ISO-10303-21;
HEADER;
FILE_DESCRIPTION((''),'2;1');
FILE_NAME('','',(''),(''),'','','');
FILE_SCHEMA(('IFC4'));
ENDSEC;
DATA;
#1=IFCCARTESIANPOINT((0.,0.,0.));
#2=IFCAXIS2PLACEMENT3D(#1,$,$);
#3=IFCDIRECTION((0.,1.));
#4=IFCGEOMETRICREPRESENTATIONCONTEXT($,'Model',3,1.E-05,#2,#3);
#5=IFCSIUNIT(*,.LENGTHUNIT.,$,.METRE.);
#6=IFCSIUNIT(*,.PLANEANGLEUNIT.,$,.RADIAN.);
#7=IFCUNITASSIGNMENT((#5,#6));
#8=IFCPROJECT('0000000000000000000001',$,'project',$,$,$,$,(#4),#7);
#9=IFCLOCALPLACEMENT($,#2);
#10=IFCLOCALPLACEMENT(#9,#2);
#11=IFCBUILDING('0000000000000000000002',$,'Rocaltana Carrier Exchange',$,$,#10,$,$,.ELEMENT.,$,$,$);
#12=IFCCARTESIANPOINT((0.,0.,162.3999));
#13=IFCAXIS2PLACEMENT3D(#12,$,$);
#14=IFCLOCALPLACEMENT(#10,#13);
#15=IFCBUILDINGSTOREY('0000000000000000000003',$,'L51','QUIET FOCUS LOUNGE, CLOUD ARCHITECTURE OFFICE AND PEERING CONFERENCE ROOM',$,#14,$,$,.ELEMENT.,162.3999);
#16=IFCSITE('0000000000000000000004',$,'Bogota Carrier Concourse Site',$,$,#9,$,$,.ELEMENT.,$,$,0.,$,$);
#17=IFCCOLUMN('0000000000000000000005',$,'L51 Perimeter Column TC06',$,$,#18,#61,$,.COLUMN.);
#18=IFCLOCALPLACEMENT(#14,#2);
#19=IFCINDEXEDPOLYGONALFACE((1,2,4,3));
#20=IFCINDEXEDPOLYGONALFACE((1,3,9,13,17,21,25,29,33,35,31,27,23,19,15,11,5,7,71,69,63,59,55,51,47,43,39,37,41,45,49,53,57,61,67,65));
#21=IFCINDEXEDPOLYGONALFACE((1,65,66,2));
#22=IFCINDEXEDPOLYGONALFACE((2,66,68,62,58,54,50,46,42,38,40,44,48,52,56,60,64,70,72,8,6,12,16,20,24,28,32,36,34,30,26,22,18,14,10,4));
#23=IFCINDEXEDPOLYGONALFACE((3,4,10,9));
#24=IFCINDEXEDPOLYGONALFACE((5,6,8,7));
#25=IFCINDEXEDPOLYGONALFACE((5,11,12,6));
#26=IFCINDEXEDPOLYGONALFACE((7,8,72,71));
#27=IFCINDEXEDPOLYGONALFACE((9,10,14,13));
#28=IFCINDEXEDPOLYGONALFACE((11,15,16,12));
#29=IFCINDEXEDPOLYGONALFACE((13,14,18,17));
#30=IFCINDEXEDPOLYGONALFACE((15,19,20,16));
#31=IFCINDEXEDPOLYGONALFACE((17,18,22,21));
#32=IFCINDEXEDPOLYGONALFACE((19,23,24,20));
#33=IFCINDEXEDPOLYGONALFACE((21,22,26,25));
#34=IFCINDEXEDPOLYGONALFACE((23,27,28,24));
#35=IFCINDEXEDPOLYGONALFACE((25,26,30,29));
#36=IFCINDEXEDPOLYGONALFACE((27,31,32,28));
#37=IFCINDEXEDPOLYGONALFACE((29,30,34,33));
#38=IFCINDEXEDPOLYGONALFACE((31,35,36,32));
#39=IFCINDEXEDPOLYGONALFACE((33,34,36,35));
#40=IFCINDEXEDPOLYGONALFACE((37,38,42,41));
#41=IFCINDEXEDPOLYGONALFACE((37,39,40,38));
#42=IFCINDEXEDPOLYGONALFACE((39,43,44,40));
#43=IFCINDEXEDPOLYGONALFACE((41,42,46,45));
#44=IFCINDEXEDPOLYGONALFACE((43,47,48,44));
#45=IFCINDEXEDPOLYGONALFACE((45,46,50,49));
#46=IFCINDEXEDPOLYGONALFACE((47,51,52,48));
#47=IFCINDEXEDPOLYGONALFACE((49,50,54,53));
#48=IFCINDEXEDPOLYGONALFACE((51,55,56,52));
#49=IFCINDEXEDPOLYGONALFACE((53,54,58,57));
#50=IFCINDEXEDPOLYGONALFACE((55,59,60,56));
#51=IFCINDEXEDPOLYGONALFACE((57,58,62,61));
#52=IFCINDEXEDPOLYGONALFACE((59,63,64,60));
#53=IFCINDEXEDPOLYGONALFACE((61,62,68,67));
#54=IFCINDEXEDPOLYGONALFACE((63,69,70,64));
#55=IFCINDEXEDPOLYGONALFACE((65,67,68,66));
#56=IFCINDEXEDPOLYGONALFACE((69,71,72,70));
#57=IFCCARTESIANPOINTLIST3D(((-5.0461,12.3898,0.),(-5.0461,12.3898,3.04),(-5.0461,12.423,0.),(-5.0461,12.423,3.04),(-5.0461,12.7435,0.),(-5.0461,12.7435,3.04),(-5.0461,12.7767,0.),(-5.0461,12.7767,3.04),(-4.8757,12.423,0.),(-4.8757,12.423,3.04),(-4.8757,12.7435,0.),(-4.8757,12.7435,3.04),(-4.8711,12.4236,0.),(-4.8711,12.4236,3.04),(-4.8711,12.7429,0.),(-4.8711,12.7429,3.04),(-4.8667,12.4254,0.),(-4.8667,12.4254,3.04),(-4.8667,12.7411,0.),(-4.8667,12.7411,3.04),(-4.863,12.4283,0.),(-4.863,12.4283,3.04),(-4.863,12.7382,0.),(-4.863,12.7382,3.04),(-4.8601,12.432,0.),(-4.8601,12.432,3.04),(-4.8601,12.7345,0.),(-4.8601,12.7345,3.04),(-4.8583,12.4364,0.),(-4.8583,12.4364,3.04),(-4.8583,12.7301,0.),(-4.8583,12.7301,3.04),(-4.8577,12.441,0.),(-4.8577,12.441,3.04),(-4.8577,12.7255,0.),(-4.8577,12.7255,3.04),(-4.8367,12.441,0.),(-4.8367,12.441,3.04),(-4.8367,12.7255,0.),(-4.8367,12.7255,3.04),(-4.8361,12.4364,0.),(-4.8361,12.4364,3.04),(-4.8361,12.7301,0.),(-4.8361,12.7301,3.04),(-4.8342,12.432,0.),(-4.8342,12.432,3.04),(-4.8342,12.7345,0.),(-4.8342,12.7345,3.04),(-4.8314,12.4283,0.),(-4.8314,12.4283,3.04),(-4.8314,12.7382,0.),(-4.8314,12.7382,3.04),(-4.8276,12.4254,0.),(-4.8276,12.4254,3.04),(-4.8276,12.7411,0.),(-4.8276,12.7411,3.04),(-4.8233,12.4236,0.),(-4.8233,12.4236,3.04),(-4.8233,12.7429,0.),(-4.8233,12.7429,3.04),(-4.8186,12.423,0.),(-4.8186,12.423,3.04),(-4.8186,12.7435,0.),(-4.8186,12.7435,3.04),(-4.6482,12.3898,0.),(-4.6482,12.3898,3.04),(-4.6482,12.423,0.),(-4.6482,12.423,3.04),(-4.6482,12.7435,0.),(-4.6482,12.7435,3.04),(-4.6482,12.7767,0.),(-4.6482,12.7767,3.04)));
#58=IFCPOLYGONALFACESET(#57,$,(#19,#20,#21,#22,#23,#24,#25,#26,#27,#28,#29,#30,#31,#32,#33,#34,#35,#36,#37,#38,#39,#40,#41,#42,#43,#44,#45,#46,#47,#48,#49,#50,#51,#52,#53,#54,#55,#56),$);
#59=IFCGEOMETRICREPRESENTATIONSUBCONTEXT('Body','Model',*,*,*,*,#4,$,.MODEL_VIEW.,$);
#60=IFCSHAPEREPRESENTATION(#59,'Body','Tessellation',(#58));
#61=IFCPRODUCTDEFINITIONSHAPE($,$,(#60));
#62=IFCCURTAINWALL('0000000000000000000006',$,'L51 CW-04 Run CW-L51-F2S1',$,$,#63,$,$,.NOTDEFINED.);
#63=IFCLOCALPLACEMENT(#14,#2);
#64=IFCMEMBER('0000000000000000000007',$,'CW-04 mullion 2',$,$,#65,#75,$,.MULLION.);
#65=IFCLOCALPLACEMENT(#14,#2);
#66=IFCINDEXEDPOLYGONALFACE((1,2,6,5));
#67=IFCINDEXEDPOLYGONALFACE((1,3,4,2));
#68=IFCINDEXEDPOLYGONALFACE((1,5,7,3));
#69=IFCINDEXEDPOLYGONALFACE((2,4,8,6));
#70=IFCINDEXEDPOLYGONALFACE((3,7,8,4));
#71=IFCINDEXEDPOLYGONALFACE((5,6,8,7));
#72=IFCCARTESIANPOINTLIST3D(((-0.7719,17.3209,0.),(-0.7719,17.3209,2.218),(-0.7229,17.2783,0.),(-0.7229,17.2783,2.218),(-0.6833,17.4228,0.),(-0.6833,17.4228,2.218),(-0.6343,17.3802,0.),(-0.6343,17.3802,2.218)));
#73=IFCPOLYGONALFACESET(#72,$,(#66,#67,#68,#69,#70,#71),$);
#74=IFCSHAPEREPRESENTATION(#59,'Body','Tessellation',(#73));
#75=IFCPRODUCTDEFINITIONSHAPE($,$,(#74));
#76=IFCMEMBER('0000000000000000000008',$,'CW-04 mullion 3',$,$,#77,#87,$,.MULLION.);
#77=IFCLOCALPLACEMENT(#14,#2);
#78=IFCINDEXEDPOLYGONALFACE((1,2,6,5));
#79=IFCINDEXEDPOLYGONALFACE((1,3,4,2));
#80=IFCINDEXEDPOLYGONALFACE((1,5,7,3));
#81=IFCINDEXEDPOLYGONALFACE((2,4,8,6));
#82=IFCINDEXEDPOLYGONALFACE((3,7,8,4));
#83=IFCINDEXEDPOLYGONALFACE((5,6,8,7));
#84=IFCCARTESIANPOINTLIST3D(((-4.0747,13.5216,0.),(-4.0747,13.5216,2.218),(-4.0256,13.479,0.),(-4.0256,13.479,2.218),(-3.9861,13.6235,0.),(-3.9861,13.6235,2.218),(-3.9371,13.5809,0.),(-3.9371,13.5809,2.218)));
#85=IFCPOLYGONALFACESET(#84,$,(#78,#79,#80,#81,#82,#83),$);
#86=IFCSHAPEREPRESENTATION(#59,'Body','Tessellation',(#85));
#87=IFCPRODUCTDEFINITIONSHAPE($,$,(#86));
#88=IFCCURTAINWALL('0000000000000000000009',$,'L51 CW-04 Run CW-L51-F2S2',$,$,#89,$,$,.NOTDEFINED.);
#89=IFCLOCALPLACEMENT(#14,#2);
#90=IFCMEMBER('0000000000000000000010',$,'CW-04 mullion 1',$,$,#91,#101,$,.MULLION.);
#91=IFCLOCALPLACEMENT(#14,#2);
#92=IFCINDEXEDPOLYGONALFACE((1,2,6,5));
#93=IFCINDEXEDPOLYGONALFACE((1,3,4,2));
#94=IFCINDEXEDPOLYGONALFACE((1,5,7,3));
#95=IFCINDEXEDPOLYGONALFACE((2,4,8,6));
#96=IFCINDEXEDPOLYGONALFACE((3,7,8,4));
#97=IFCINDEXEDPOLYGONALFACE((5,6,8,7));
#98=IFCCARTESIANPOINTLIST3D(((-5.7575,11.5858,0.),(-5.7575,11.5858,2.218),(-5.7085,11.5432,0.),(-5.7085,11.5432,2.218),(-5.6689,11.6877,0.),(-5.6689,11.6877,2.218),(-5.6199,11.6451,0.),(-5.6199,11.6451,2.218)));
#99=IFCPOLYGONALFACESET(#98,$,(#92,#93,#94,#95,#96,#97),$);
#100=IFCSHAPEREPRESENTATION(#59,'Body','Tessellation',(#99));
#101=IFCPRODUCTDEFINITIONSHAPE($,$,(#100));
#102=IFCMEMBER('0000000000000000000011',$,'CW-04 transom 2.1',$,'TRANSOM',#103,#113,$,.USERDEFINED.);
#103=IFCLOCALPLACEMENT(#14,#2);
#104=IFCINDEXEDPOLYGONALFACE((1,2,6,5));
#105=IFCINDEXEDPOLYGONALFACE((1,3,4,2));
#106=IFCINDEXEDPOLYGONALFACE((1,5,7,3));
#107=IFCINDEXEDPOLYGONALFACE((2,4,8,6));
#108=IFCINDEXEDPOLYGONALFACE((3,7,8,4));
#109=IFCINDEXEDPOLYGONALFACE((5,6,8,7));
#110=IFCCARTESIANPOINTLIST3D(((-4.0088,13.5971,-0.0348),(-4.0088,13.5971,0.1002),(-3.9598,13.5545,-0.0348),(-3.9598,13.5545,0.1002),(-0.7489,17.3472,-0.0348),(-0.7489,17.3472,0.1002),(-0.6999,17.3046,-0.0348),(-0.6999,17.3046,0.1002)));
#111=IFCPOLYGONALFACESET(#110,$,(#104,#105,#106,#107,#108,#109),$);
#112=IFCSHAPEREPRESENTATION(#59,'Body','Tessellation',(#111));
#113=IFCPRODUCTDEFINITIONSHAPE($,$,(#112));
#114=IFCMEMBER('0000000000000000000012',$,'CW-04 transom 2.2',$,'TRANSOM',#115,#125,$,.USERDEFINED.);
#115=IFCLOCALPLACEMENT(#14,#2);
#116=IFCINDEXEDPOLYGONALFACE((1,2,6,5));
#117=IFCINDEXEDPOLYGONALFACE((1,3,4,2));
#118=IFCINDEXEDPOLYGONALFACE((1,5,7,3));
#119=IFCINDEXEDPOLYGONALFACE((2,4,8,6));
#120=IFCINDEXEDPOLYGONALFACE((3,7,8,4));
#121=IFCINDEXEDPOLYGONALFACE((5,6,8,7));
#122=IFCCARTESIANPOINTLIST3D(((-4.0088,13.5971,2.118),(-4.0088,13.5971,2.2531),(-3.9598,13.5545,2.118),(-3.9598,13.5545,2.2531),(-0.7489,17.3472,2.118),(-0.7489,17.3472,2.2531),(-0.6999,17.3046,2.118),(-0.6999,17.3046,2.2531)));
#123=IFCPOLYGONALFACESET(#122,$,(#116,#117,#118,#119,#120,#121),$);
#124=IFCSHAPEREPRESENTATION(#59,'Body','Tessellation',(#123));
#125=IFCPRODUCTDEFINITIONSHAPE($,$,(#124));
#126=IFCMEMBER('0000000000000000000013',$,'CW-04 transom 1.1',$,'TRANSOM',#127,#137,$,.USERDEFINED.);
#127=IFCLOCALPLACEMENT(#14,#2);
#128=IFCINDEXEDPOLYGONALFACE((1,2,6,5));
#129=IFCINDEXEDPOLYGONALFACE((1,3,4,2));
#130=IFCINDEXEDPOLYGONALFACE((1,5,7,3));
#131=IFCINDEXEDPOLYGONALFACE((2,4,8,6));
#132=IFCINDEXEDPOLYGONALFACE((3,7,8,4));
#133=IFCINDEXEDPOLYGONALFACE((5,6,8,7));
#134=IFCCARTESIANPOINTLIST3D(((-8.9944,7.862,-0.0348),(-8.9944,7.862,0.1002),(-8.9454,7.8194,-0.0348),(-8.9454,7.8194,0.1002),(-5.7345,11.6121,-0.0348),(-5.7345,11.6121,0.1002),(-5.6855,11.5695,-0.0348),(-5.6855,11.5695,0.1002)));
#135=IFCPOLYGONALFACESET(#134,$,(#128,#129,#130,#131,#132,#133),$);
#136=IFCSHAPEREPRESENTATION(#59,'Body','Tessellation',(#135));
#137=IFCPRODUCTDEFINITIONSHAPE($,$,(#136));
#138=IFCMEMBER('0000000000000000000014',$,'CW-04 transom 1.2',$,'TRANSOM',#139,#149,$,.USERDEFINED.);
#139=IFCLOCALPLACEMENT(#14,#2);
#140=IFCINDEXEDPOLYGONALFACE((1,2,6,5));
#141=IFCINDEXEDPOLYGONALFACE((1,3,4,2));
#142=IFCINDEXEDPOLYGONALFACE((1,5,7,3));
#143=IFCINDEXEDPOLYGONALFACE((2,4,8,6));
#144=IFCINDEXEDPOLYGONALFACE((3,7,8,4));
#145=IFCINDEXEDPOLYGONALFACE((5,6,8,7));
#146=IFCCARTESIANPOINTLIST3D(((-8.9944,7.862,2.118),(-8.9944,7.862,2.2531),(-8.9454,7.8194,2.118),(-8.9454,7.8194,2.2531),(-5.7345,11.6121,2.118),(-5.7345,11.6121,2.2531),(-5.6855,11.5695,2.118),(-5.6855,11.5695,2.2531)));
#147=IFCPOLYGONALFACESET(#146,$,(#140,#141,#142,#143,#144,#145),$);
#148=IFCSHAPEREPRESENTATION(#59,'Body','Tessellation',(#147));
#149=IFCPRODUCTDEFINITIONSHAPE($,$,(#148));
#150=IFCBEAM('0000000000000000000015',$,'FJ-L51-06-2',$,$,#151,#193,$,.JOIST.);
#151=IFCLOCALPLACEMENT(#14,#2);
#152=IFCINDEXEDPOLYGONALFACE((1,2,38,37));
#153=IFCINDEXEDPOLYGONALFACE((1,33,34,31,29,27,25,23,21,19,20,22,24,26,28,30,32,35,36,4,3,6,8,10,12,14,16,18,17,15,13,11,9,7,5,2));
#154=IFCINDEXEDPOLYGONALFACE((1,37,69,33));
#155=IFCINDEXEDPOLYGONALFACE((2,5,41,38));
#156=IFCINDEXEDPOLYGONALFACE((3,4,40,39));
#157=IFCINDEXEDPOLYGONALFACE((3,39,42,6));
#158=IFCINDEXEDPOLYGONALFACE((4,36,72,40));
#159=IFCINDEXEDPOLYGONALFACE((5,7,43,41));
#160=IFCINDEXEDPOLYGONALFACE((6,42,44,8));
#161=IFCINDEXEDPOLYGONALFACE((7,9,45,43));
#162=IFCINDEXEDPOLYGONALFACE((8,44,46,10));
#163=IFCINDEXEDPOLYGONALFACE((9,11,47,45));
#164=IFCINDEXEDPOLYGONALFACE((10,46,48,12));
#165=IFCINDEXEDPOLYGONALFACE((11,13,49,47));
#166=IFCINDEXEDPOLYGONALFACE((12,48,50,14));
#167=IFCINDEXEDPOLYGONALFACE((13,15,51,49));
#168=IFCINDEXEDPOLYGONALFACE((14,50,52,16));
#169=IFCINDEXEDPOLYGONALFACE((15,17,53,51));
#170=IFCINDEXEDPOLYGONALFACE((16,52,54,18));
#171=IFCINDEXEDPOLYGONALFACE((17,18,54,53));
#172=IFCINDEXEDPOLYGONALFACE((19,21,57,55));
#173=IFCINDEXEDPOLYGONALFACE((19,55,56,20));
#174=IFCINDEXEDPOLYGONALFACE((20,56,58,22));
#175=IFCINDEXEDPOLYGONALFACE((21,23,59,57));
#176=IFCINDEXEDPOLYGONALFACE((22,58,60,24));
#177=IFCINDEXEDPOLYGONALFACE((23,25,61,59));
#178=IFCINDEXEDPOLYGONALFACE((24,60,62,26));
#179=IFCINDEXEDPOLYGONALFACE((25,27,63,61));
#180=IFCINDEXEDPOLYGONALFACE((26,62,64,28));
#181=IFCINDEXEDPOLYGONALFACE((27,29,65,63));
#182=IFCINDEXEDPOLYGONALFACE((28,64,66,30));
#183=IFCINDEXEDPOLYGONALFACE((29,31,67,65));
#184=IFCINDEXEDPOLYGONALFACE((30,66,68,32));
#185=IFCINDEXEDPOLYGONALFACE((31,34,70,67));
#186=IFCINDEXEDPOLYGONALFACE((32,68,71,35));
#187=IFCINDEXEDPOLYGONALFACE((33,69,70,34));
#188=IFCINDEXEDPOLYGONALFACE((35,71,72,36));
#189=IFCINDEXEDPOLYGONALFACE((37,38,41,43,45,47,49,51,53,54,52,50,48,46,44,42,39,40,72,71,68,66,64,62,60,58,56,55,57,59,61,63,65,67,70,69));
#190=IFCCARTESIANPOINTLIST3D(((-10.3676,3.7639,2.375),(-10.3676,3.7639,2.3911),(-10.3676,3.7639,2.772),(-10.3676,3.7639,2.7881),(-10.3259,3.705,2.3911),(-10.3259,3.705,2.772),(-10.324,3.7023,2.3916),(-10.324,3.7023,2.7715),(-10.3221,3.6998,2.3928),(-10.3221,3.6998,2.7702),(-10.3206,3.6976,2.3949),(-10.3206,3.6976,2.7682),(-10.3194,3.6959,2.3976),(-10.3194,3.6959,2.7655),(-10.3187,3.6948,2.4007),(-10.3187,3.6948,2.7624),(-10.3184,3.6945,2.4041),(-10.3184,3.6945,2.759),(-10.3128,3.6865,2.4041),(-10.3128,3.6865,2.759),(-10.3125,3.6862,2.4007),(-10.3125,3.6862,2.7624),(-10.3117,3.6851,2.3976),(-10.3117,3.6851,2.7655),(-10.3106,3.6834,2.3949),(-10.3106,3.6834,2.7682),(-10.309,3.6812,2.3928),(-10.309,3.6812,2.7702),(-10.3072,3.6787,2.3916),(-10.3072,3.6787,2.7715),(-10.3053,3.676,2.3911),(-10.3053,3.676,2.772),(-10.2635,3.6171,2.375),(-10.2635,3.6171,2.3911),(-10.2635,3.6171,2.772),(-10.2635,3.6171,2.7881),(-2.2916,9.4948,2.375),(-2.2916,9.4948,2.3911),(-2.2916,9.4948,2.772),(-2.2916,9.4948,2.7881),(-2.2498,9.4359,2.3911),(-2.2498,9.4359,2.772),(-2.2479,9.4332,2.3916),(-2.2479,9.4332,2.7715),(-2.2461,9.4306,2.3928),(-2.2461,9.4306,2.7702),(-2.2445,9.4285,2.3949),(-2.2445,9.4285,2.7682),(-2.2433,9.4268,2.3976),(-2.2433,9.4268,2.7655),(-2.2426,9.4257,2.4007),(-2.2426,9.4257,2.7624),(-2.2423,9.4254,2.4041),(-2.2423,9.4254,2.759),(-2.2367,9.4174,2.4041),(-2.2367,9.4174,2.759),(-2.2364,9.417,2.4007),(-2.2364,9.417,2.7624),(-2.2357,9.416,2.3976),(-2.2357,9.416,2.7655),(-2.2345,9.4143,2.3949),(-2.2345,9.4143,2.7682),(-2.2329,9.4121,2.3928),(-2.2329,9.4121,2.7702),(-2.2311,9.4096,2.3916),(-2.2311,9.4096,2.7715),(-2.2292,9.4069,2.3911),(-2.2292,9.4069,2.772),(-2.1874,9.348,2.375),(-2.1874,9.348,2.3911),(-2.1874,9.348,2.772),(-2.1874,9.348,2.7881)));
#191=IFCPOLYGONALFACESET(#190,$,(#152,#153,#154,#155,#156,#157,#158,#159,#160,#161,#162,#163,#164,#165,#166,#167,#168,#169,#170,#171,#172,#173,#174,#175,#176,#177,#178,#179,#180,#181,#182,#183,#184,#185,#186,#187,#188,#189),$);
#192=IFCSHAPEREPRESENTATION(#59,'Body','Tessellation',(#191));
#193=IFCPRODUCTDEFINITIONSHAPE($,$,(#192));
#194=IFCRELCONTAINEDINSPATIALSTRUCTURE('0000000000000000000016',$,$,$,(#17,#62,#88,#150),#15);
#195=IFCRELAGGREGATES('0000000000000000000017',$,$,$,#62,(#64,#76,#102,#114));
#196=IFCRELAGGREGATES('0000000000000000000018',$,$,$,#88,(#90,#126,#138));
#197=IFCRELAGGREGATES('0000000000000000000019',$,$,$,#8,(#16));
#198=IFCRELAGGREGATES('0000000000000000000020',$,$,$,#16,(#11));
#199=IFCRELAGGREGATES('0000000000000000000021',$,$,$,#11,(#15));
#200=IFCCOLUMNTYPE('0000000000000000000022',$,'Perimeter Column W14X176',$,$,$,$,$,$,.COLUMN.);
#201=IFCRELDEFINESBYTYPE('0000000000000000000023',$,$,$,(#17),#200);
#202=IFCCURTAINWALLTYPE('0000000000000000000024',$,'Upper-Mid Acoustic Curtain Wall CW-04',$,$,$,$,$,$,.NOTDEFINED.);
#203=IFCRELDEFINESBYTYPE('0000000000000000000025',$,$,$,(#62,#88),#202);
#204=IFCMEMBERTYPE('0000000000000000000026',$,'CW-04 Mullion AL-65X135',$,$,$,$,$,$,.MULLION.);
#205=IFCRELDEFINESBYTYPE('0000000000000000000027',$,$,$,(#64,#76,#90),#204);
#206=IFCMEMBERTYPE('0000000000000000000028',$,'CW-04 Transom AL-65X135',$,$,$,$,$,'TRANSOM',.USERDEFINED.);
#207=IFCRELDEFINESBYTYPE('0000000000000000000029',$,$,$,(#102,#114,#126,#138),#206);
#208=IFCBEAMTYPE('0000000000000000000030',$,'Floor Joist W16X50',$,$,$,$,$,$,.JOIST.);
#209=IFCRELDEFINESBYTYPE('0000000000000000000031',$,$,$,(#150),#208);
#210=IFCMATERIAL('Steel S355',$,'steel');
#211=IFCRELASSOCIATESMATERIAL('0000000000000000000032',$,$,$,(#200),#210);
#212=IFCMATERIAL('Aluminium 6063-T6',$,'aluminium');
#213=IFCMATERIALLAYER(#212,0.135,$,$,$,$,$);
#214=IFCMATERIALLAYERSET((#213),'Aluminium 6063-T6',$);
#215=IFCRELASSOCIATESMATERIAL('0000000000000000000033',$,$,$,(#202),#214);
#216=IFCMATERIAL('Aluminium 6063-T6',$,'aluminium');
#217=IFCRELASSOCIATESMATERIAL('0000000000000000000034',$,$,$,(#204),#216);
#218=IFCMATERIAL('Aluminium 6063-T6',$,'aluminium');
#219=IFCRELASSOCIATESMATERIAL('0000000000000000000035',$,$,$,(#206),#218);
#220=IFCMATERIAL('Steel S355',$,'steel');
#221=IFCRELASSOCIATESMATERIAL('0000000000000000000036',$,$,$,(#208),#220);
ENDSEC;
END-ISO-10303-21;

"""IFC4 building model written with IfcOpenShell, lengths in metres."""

from ifc_helpers import new_model, si_unit, direction, frame, origin, origin_2d, place, context, subcontext, project, spatial, rectangle, i_section, extrude, material, layer, layer_set, material_profile, profile_set, type_object, element, aggregate, save


model = new_model("IFC4")

# Units and contexts
model_context = context("Model", 3, precision=1e-05, world=origin(), true_north=direction((0.0, 1.0)))
body_context = subcontext(model_context, "Body", "Model", "MODEL_VIEW")
ifc_project = project(units=[si_unit("LENGTHUNIT", "METRE"), si_unit("PLANEANGLEUNIT", "RADIAN")], contexts=[model_context])

# Site, building, storey
site_placement = place(None, origin())
site = spatial("IfcSite", under=ifc_project, at=site_placement, Name="Bogota Carrier Concourse Site", CompositionType="ELEMENT", RefElevation=0.0)
building_placement = place(site_placement, origin())
building = spatial("IfcBuilding", under=site, at=building_placement, Name="Rocaltana Carrier Exchange", CompositionType="ELEMENT")
storey_placement = place(building_placement, frame((0.0, 0.0, 162.3999)))
storey = spatial("IfcBuildingStorey", under=building, at=storey_placement, Name="L51", Description="QUIET FOCUS LOUNGE, CLOUD ARCHITECTURE OFFICE AND PEERING CONFERENCE ROOM", CompositionType="ELEMENT", Elevation=162.3999)

# Column
ifc_material_1 = material(Name="Steel S355", Category="steel")
ifc_material_profile_1 = material_profile(ifc_material_1, i_section(OverallWidth=0.3979, OverallDepth=0.387, WebThickness=0.021, FlangeThickness=0.0332, FilletRadius=0.0181, at=origin_2d()), Name="W14X176")
ifc_profile_set_1 = profile_set([ifc_material_profile_1], Name="Steel S355")
column_type = type_object("IfcColumnType", Name="Perimeter Column W14X176", PredefinedType="COLUMN", material=ifc_profile_set_1)
column_placement = place(storey_placement, frame((-4.8472, 12.5833, 0.0), z_axis=(0.0, 0.0, 1.0), x_axis=(1.0, 0.0, 0.0)))
element("IfcColumn", 1, at=column_placement, inside=storey, type_object=column_type, Name="L51 Perimeter Column TC06", PredefinedType="COLUMN", context=body_context, shape_type="SweptSolid", body=[
    extrude(i_section(OverallWidth=0.3979, OverallDepth=0.387, WebThickness=0.021, FlangeThickness=0.0332, FilletRadius=0.0181, at=origin_2d()), origin(), (0.0, 0.0, 1.0), 3.04),
])

# Curtain wall, members
ifc_material_2 = material(Name="Aluminium 6063-T6", Category="aluminium")
ifc_layer_1 = layer(ifc_material_2, 0.135)
ifc_layer_set_1 = layer_set([ifc_layer_1], Name="Aluminium 6063-T6")
curtain_wall_type = type_object("IfcCurtainWallType", Name="Upper-Mid Acoustic Curtain Wall CW-04", PredefinedType="NOTDEFINED", material=ifc_layer_set_1)
curtain_wall_1_placement = place(storey_placement, origin())
curtain_wall_1 = element("IfcCurtainWall", 2, at=curtain_wall_1_placement, inside=storey, type_object=curtain_wall_type, Name="L51 CW-04 Run CW-L51-F2S1", PredefinedType="NOTDEFINED")
ifc_material_3 = material(Name="Aluminium 6063-T6", Category="aluminium")
ifc_material_profile_2 = material_profile(ifc_material_3, rectangle(XDim=0.0649, YDim=0.135, at=origin_2d()), Name="AL-65X135")
ifc_profile_set_2 = profile_set([ifc_material_profile_2], Name="Aluminium 6063-T6")
member_type_1 = type_object("IfcMemberType", Name="CW-04 Mullion AL-65X135", PredefinedType="MULLION", material=ifc_profile_set_2)
member_1_placement = place(storey_placement, frame((-0.7031, 17.3506, 0.0), z_axis=(0.0, 0.0, 1.0), x_axis=(0.754712, -0.656057, 0.0)))
member_1 = element("IfcMember", 3, at=member_1_placement, type_object=member_type_1, Name="CW-04 mullion 2", PredefinedType="MULLION", context=body_context, shape_type="SweptSolid", body=[
    extrude(rectangle(XDim=0.0649, YDim=0.135, at=origin_2d()), origin(), (0.0, 0.0, 1.0), 2.218),
])
member_2_placement = place(storey_placement, frame((-4.0059, 13.5513, 0.0), z_axis=(0.0, 0.0, 1.0), x_axis=(0.754712, -0.656057, 0.0)))
member_2 = element("IfcMember", 4, at=member_2_placement, type_object=member_type_1, Name="CW-04 mullion 3", PredefinedType="MULLION", context=body_context, shape_type="SweptSolid", body=[
    extrude(rectangle(XDim=0.0649, YDim=0.135, at=origin_2d()), origin(), (0.0, 0.0, 1.0), 2.218),
])

# Curtain wall, member
curtain_wall_2_placement = place(storey_placement, origin())
curtain_wall_2 = element("IfcCurtainWall", 5, at=curtain_wall_2_placement, inside=storey, type_object=curtain_wall_type, Name="L51 CW-04 Run CW-L51-F2S2", PredefinedType="NOTDEFINED")
member_3_placement = place(storey_placement, frame((-5.6887, 11.6155, 0.0), z_axis=(0.0, 0.0, 1.0), x_axis=(0.754712, -0.656057, 0.0)))
member_3 = element("IfcMember", 6, at=member_3_placement, type_object=member_type_1, Name="CW-04 mullion 1", PredefinedType="MULLION", context=body_context, shape_type="SweptSolid", body=[
    extrude(rectangle(XDim=0.0649, YDim=0.135, at=origin_2d()), origin(), (0.0, 0.0, 1.0), 2.218),
])

# Members
ifc_material_4 = material(Name="Aluminium 6063-T6", Category="aluminium")
ifc_material_profile_3 = material_profile(ifc_material_4, rectangle(XDim=0.0649, YDim=0.135, at=origin_2d()), Name="AL-65X135")
ifc_profile_set_3 = profile_set([ifc_material_profile_3], Name="Aluminium 6063-T6")
member_type_2 = type_object("IfcMemberType", Name="CW-04 Transom AL-65X135", ElementType="TRANSOM", PredefinedType="USERDEFINED", material=ifc_profile_set_3)
member_4_placement = place(storey_placement, frame((-0.7244, 17.3259, 0.0327), z_axis=(-0.656056, -0.754712, 0.0), x_axis=(0.754712, -0.656056, 0.0)))
member_4 = element("IfcMember", 7, at=member_4_placement, type_object=member_type_2, Name="CW-04 transom 2.1", ObjectType="TRANSOM", PredefinedType="USERDEFINED", context=body_context, shape_type="SweptSolid", body=[
    extrude(rectangle(XDim=0.0649, YDim=0.135, at=origin_2d()), origin(), (0.0, 0.0, 1.0), 4.969),
])
member_5_placement = place(storey_placement, frame((-0.7244, 17.3259, 2.1855), z_axis=(-0.656056, -0.754712, 0.0), x_axis=(0.754712, -0.656056, 0.0)))
member_5 = element("IfcMember", 8, at=member_5_placement, type_object=member_type_2, Name="CW-04 transom 2.2", ObjectType="TRANSOM", PredefinedType="USERDEFINED", context=body_context, shape_type="SweptSolid", body=[
    extrude(rectangle(XDim=0.0649, YDim=0.135, at=origin_2d()), origin(), (0.0, 0.0, 1.0), 4.969),
])
member_6_placement = place(storey_placement, frame((-5.71, 11.5908, 0.0327), z_axis=(-0.656056, -0.754712, 0.0), x_axis=(0.754712, -0.656056, 0.0)))
member_6 = element("IfcMember", 9, at=member_6_placement, type_object=member_type_2, Name="CW-04 transom 1.1", ObjectType="TRANSOM", PredefinedType="USERDEFINED", context=body_context, shape_type="SweptSolid", body=[
    extrude(rectangle(XDim=0.0649, YDim=0.135, at=origin_2d()), origin(), (0.0, 0.0, 1.0), 4.969),
])
member_7_placement = place(storey_placement, frame((-5.71, 11.5908, 2.1855), z_axis=(-0.656056, -0.754712, 0.0), x_axis=(0.754712, -0.656056, 0.0)))
member_7 = element("IfcMember", 10, at=member_7_placement, type_object=member_type_2, Name="CW-04 transom 1.2", ObjectType="TRANSOM", PredefinedType="USERDEFINED", context=body_context, shape_type="SweptSolid", body=[
    extrude(rectangle(XDim=0.0649, YDim=0.135, at=origin_2d()), origin(), (0.0, 0.0, 1.0), 4.969),
])

# Beam
ifc_material_5 = material(Name="Steel S355", Category="steel")
ifc_material_profile_4 = material_profile(ifc_material_5, i_section(OverallWidth=0.1799, OverallDepth=0.4131, WebThickness=0.0098, FlangeThickness=0.0161, FilletRadius=0.0129, at=origin_2d()), Name="W16X50")
ifc_profile_set_4 = profile_set([ifc_material_profile_4], Name="Steel S355")
beam_type_1 = type_object("IfcBeamType", Name="Floor Joist W16X50", PredefinedType="JOIST", material=ifc_profile_set_4)
beam_1_placement = place(storey_placement, frame((-2.2395, 9.4214, 2.5815), z_axis=(-0.815532, -0.578712, 0.0), x_axis=(0.578712, -0.815532, 0.0)))
element("IfcBeam", 11, at=beam_1_placement, inside=storey, type_object=beam_type_1, Name="FJ-L51-06-2", PredefinedType="JOIST", context=body_context, shape_type="SweptSolid", body=[
    extrude(i_section(OverallWidth=0.1799, OverallDepth=0.4131, WebThickness=0.0098, FlangeThickness=0.0161, FilletRadius=0.0129, at=origin_2d()), origin(), (0.0, 0.0, 1.0), 9.9028),
])

aggregate(curtain_wall_1, [member_1, member_2, member_4, member_5])
aggregate(curtain_wall_2, [member_3, member_6, member_7])

save(model, "model.ifc")
